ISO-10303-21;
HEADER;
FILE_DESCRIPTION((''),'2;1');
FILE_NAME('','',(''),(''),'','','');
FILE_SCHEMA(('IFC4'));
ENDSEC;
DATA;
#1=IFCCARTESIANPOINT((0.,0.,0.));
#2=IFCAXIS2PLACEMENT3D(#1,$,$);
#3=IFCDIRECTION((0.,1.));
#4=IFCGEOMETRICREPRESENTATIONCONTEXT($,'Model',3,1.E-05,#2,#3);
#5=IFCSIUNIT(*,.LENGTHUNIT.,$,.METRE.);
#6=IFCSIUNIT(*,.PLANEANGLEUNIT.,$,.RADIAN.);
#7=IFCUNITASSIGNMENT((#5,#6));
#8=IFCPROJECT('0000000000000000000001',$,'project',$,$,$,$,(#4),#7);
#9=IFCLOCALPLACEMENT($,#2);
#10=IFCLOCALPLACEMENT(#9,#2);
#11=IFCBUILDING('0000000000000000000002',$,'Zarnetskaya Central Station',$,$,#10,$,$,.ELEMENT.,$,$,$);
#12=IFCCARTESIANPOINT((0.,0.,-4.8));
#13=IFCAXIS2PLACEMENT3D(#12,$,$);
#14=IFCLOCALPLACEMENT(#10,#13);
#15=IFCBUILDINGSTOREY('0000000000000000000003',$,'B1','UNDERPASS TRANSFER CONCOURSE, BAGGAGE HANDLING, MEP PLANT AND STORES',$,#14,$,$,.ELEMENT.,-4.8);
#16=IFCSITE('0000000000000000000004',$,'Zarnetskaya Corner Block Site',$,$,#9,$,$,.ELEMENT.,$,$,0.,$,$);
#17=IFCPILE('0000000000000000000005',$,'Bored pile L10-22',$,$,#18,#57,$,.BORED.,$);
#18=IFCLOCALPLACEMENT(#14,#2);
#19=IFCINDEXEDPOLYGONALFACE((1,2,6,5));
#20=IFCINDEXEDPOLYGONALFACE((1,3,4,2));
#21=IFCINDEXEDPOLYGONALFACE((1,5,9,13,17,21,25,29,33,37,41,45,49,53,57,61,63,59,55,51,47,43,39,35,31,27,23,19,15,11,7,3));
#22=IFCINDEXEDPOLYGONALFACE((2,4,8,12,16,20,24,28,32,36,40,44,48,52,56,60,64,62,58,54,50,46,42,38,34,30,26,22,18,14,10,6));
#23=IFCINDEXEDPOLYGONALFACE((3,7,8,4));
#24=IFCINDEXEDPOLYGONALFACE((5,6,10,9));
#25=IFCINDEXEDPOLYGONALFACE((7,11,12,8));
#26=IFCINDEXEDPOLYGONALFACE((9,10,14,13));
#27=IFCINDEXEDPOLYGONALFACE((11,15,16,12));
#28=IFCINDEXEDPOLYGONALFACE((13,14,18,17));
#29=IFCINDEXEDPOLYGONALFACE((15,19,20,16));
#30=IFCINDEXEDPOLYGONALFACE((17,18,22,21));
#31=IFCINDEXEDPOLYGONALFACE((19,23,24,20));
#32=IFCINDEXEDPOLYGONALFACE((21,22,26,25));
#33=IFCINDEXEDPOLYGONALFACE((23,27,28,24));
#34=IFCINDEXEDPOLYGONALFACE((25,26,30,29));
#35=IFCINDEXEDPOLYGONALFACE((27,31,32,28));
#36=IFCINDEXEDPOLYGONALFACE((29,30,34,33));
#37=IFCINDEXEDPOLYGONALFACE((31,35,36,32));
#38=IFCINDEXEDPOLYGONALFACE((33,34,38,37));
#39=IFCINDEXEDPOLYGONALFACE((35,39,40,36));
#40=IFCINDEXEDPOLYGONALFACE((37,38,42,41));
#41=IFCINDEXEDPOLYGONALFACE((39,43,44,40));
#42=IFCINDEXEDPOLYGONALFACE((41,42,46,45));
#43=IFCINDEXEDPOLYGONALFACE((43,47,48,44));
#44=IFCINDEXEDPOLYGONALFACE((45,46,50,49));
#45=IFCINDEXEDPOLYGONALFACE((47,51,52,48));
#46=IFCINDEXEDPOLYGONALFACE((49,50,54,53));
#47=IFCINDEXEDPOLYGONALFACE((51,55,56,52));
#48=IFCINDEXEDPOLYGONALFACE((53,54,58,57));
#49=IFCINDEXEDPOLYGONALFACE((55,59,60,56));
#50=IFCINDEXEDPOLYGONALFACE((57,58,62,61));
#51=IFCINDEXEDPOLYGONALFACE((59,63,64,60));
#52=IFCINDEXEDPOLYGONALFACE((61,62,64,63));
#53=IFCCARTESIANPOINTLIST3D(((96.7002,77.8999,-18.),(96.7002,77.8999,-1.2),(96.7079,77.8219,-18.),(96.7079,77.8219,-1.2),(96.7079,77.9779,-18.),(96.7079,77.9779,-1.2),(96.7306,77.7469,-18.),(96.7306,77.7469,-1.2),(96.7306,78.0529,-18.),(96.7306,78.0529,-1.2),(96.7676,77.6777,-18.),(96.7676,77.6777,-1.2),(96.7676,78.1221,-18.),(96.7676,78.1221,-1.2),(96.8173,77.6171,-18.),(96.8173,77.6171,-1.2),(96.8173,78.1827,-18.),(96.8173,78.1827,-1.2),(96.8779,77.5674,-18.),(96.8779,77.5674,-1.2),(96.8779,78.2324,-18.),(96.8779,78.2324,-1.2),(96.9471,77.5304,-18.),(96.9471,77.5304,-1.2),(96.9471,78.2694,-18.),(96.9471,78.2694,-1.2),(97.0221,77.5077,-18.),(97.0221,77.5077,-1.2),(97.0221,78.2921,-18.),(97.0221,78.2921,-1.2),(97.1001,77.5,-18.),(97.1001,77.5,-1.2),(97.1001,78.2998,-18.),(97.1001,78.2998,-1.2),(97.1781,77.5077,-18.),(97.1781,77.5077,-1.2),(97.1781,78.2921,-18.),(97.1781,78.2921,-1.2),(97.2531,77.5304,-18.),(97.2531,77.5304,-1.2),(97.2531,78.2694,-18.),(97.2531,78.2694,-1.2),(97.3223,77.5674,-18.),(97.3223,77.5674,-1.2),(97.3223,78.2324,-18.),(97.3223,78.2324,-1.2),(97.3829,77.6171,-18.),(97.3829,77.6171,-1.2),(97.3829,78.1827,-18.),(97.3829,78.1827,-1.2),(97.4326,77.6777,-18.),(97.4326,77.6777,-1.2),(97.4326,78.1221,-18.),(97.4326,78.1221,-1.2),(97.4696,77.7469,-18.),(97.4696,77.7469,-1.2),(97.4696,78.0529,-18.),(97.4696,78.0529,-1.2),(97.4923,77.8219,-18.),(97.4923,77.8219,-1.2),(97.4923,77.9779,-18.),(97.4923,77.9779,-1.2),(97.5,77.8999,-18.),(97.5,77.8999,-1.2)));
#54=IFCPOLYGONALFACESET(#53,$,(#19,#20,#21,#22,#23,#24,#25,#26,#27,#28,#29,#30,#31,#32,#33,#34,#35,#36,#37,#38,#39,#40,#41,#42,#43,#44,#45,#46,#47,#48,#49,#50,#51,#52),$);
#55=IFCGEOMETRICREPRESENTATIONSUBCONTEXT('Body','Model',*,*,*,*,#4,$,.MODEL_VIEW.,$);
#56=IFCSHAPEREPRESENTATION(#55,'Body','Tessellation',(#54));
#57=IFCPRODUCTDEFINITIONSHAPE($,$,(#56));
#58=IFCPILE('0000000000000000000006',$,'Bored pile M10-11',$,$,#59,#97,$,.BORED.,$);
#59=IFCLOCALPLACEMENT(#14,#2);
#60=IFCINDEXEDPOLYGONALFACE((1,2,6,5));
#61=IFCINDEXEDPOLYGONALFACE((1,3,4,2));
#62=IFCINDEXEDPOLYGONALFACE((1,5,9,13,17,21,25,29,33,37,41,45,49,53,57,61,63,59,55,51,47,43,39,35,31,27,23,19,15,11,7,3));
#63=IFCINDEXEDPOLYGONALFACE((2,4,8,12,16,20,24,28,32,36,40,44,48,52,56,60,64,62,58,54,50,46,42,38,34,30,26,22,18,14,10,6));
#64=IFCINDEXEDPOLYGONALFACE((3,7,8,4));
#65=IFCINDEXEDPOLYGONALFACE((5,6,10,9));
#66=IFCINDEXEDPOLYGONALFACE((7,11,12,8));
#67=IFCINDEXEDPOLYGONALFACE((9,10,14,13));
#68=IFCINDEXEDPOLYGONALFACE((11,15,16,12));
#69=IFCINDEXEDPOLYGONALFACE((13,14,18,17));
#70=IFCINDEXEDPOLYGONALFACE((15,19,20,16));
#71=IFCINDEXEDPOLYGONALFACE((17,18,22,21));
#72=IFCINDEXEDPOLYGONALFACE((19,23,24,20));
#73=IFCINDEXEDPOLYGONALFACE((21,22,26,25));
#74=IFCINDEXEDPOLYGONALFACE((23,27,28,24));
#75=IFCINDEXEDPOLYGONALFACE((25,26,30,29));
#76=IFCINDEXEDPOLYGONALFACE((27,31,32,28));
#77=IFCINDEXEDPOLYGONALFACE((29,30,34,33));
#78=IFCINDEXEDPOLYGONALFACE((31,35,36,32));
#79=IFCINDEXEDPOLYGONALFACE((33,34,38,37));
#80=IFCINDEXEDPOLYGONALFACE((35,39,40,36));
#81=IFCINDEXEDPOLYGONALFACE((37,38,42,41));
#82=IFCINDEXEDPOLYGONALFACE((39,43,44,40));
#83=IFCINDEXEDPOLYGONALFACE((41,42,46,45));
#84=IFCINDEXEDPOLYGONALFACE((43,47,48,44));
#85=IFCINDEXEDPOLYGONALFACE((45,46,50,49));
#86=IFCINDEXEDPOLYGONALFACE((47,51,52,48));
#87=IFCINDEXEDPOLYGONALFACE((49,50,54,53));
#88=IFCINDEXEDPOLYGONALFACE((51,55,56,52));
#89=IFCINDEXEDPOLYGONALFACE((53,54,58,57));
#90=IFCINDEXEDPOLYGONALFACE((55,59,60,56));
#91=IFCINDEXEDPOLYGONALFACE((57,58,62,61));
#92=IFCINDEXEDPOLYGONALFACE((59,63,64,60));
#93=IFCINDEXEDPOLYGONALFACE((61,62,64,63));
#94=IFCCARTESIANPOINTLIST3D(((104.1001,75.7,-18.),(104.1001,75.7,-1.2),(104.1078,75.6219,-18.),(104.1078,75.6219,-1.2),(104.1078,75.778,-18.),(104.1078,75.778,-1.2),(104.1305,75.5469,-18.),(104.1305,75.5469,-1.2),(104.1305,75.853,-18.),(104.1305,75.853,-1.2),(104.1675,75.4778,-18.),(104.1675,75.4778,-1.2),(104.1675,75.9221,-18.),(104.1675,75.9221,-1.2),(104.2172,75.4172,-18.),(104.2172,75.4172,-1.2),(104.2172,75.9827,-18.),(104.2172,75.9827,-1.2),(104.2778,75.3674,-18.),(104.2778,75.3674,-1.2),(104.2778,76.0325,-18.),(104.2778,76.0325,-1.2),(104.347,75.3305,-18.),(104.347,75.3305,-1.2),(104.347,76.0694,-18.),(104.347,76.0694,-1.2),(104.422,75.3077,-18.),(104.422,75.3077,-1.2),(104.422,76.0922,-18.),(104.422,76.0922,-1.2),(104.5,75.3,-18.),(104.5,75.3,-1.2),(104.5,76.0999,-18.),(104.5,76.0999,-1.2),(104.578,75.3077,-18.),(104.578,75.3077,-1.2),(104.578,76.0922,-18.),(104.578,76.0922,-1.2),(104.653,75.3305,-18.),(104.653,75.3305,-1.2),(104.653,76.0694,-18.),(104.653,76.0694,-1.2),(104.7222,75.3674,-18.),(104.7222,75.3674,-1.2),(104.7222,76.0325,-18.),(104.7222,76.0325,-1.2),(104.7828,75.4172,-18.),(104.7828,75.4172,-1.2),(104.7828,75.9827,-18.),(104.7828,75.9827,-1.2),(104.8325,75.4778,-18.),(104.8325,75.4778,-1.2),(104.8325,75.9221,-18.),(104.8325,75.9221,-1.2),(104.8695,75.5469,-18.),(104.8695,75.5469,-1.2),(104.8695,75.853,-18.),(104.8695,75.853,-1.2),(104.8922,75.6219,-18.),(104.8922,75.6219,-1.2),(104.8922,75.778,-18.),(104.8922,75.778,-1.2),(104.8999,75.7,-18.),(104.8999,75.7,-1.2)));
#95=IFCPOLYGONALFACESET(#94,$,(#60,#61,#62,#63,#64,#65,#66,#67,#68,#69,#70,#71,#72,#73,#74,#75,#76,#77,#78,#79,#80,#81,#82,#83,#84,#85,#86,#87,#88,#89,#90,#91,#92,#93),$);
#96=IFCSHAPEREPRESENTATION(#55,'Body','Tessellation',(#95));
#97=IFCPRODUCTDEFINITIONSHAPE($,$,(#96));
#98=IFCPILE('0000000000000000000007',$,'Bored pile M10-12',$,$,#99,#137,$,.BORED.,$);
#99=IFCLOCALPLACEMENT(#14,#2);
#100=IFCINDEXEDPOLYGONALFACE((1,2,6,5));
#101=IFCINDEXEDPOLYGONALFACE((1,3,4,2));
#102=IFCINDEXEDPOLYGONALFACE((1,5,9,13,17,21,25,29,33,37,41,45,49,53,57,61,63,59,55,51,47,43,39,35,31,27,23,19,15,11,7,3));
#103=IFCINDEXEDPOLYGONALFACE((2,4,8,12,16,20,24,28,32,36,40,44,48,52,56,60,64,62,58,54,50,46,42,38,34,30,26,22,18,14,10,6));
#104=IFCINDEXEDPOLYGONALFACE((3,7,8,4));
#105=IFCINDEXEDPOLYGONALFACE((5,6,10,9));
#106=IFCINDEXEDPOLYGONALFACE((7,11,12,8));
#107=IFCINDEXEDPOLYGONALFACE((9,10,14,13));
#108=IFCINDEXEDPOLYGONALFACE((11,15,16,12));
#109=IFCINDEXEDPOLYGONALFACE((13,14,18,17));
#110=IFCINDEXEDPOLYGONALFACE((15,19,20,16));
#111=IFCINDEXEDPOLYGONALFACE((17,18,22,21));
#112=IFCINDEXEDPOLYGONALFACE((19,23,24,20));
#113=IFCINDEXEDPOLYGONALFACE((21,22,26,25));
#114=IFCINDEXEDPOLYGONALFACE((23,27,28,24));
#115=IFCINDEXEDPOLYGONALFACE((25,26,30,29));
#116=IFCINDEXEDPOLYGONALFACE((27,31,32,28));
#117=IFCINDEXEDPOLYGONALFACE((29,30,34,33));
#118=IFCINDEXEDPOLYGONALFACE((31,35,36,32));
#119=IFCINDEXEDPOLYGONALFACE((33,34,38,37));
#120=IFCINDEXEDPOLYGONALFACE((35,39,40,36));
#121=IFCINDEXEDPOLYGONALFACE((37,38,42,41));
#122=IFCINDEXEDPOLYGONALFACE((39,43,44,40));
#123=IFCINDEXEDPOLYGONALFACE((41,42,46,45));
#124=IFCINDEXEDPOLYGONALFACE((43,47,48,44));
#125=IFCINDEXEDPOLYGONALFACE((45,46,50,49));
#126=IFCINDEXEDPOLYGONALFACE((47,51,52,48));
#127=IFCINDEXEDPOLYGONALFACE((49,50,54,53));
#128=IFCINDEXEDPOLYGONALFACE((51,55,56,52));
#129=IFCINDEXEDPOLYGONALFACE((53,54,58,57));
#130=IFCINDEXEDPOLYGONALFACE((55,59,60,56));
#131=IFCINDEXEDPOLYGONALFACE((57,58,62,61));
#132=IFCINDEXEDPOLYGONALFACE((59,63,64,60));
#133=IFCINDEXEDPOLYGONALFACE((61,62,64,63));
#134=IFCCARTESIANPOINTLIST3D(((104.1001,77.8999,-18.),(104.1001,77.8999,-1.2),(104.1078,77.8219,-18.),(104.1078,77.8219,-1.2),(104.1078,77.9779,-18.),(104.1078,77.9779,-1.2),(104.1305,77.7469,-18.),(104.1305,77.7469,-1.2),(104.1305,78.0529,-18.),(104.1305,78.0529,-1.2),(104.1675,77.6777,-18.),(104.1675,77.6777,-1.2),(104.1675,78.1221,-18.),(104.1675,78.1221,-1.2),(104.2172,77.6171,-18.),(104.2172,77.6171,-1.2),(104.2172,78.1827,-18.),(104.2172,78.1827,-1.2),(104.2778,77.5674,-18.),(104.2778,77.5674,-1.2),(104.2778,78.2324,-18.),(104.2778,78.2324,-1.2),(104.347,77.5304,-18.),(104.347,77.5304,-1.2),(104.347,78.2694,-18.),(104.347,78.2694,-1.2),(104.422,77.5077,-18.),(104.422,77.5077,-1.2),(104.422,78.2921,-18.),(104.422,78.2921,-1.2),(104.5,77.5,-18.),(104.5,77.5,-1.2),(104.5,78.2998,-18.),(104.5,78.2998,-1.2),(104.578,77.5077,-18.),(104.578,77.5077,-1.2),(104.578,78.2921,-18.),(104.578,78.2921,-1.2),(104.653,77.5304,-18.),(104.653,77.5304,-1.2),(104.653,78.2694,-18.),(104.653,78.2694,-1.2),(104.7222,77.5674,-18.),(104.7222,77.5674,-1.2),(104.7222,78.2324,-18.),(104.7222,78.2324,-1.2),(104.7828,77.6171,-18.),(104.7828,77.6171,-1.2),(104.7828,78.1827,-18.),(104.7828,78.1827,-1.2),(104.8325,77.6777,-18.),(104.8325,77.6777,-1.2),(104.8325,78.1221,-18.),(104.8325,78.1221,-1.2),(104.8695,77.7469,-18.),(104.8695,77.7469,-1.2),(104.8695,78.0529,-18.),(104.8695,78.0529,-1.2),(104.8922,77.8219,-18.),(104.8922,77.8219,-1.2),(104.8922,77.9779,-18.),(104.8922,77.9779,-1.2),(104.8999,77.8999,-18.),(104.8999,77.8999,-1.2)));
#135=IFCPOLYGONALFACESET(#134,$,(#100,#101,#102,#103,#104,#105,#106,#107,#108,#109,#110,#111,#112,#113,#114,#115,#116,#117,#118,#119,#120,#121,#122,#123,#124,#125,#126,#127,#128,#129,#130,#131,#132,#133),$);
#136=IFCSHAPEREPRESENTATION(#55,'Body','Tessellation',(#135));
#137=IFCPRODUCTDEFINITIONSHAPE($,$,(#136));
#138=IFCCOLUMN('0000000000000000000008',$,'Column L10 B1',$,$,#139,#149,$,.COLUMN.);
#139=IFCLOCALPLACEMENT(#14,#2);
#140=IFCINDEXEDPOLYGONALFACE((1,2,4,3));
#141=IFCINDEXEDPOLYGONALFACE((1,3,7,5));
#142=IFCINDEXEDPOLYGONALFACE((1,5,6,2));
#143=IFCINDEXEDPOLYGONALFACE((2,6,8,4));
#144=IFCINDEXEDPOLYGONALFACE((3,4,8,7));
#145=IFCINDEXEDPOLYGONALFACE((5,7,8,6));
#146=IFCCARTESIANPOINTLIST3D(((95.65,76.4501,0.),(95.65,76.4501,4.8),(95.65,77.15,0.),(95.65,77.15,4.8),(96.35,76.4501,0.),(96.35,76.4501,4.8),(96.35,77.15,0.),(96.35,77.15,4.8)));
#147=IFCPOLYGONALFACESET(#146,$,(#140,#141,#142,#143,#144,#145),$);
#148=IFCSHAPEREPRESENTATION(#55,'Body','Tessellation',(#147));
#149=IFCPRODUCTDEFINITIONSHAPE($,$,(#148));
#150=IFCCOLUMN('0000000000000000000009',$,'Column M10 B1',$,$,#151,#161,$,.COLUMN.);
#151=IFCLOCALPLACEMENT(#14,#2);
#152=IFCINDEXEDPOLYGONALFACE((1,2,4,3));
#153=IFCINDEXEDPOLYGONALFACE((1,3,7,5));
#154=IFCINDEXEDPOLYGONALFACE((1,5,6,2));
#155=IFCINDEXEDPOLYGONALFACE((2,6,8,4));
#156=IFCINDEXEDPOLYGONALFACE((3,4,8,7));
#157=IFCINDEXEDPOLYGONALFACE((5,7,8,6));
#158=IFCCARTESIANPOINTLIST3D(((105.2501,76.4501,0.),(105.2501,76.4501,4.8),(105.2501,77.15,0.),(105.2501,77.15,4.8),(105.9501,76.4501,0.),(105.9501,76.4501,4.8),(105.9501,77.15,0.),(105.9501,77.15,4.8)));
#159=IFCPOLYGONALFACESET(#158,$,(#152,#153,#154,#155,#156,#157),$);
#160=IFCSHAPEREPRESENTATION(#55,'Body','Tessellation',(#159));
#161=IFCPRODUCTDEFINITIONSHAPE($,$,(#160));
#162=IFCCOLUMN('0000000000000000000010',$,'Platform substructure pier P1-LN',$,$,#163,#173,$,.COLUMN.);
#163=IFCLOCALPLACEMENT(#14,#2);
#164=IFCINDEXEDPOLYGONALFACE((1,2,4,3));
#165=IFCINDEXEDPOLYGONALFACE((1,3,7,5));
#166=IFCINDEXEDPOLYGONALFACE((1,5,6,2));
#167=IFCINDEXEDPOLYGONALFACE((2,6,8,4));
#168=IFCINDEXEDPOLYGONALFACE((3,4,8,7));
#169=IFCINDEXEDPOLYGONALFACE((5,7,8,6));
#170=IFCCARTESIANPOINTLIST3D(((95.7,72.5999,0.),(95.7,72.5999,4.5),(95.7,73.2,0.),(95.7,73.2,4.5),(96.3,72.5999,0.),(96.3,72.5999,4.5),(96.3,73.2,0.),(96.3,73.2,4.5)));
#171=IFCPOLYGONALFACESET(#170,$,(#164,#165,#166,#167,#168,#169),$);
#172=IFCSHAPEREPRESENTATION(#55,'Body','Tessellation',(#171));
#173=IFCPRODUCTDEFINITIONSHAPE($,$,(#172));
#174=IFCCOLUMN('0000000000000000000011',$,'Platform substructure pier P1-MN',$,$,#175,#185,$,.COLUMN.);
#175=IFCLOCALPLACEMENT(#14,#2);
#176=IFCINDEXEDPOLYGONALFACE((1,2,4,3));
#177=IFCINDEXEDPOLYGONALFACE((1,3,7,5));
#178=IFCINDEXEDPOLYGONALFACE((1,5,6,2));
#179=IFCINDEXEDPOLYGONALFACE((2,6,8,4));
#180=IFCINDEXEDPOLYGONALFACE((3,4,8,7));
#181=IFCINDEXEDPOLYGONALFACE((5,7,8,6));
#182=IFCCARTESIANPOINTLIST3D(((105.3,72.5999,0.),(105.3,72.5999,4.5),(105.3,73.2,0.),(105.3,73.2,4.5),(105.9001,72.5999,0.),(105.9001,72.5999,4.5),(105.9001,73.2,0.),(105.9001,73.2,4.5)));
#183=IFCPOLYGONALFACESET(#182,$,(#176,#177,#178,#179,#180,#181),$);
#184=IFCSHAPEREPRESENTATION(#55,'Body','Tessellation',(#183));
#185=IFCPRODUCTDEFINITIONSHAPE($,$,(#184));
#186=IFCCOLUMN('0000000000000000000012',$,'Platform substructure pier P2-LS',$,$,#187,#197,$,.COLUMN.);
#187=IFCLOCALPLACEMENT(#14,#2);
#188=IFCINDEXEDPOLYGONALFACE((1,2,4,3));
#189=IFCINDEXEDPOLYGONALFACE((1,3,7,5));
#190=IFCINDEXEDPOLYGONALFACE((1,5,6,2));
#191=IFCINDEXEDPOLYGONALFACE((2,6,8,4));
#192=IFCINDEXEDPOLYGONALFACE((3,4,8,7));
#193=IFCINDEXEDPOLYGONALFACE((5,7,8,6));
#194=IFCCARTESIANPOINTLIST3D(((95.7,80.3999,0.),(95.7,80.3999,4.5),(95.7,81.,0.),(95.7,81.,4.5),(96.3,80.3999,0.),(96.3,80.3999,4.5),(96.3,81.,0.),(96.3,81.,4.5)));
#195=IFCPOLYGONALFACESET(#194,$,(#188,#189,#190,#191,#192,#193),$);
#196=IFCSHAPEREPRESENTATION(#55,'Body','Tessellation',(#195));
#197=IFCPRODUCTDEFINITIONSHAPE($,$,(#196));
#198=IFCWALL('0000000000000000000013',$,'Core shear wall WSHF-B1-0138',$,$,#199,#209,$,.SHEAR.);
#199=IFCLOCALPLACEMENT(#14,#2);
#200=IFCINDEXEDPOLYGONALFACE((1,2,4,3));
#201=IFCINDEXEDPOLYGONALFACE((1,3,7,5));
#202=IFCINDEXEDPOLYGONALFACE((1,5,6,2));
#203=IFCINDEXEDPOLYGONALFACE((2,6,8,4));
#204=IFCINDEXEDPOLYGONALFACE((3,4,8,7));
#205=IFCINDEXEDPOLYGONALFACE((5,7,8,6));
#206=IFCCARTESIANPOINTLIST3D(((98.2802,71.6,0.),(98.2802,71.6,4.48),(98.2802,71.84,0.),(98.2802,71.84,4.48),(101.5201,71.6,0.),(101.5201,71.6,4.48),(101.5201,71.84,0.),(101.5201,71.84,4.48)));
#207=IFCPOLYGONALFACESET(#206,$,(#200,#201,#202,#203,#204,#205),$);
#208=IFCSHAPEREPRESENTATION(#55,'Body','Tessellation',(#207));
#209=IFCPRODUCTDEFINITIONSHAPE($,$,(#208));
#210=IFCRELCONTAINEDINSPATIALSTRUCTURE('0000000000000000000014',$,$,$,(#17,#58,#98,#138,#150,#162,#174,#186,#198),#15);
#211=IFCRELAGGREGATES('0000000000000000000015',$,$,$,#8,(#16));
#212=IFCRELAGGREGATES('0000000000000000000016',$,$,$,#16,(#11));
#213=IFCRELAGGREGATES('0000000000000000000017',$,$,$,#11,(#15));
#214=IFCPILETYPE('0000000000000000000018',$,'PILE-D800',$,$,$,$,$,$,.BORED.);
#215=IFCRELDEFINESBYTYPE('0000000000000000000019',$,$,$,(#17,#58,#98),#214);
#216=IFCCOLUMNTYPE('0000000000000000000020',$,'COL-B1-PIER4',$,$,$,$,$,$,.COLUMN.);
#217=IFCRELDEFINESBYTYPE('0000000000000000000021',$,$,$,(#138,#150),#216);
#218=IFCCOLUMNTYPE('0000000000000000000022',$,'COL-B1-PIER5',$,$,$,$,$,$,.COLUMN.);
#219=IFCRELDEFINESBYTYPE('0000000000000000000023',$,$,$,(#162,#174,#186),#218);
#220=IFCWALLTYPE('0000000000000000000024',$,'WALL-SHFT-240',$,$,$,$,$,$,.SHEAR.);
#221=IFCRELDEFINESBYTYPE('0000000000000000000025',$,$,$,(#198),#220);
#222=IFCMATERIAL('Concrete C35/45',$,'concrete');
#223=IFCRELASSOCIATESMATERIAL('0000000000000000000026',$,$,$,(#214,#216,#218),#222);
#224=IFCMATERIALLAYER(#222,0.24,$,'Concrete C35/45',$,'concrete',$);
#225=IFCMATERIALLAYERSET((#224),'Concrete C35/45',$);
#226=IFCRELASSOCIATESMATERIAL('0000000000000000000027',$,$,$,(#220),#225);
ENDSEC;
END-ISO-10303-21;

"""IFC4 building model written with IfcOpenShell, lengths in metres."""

from ifc_helpers import new_model, si_unit, direction, frame, frame_2d, origin, origin_2d, place, context, subcontext, project, spatial, rectangle, circle, extrude, material, layer, layer_set, material_profile, profile_set, type_object, element, save


model = new_model("IFC4")

# Units and contexts
model_context = context("Model", 3, precision=1e-05, world=origin(), true_north=direction((0.0, 1.0)))
body_context = subcontext(model_context, "Body", "Model", "MODEL_VIEW")
ifc_project = project(units=[si_unit("LENGTHUNIT", "METRE"), si_unit("PLANEANGLEUNIT", "RADIAN")], contexts=[model_context])

# Site, building, storey
site_placement = place(None, origin())
site = spatial("IfcSite", under=ifc_project, at=site_placement, Name="Zarnetskaya Corner Block Site", CompositionType="ELEMENT", RefElevation=0.0)
building_placement = place(site_placement, origin())
building = spatial("IfcBuilding", under=site, at=building_placement, Name="Zarnetskaya Central Station", CompositionType="ELEMENT")
storey_placement = place(building_placement, frame((0.0, 0.0, -4.8)))
storey = spatial("IfcBuildingStorey", under=building, at=storey_placement, Name="B1", Description="UNDERPASS TRANSFER CONCOURSE, BAGGAGE HANDLING, MEP PLANT AND STORES", CompositionType="ELEMENT", Elevation=-4.8)

# Shared definitions
ifc_material_1 = material(Name="Concrete C35/45", Category="concrete")

# Piles
ifc_material_profile_1 = material_profile(ifc_material_1, circle(Radius=0.3999, at=origin_2d()), Name="BORED PILE D800")
ifc_profile_set_1 = profile_set([ifc_material_profile_1], Name="Concrete C35/45")
pile_type_1 = type_object("IfcPileType", Name="PILE-D800", PredefinedType="BORED", material=ifc_profile_set_1)
for number, where, z_axis, x_axis, name in (
    (1, (97.1001, 77.8999, -1.2), (0.0, 0.0, -1.0), (1.0, 0.0, 0.0), "Bored pile L10-22"),
    (2, (104.5, 75.7, -1.2), (0.0, 0.0, -1.0), (1.0, 0.0, 0.0), "Bored pile M10-11"),
    (3, (104.5, 77.8999, -1.2), (0.0, 0.0, -1.0), (1.0, 0.0, 0.0), "Bored pile M10-12"),
):
    element("IfcPile", number, at=place(storey_placement, frame(where, z_axis=z_axis, x_axis=x_axis)), inside=storey, type_object=pile_type_1, Name=name, PredefinedType="BORED", context=body_context, shape_type="SweptSolid", body=[
        extrude(circle(Radius=0.3999, at=origin_2d()), origin(), (0.0, 0.0, 1.0), 16.8),
    ])

# Columns
ifc_material_profile_2 = material_profile(ifc_material_1, rectangle(XDim=0.7, YDim=0.7, at=origin_2d()), Name="RC 700x700")
ifc_profile_set_2 = profile_set([ifc_material_profile_2], Name="Concrete C35/45")
column_type_1 = type_object("IfcColumnType", Name="COL-B1-PIER4", PredefinedType="COLUMN", material=ifc_profile_set_2)
for number, where, z_axis, x_axis, name in (
    (4, (96.0, 76.8, 0.0), (0.0, 0.0, 1.0), (1.0, 0.0, 0.0), "Column L10 B1"),
    (5, (105.6001, 76.8, 0.0), (0.0, 0.0, 1.0), (1.0, 0.0, 0.0), "Column M10 B1"),
):
    element("IfcColumn", number, at=place(storey_placement, frame(where, z_axis=z_axis, x_axis=x_axis)), inside=storey, type_object=column_type_1, Name=name, PredefinedType="COLUMN", context=body_context, shape_type="SweptSolid", body=[
        extrude(rectangle(XDim=0.7, YDim=0.7, at=origin_2d()), origin(), (0.0, 0.0, 1.0), 4.8),
    ])
ifc_material_profile_3 = material_profile(ifc_material_1, rectangle(XDim=0.6001, YDim=0.6001, at=origin_2d()), Name="RC 600x600")
ifc_profile_set_3 = profile_set([ifc_material_profile_3], Name="Concrete C35/45")
column_type_2 = type_object("IfcColumnType", Name="COL-B1-PIER5", PredefinedType="COLUMN", material=ifc_profile_set_3)
for number, where, z_axis, x_axis, name in (
    (6, (96.0, 72.8999, 0.0), (0.0, 0.0, 1.0), (1.0, 0.0, 0.0), "Platform substructure pier P1-LN"),
    (7, (105.6001, 72.8999, 0.0), (0.0, 0.0, 1.0), (1.0, 0.0, 0.0), "Platform substructure pier P1-MN"),
    (8, (96.0, 80.7, 0.0), (0.0, 0.0, 1.0), (1.0, 0.0, 0.0), "Platform substructure pier P2-LS"),
):
    element("IfcColumn", number, at=place(storey_placement, frame(where, z_axis=z_axis, x_axis=x_axis)), inside=storey, type_object=column_type_2, Name=name, PredefinedType="COLUMN", context=body_context, shape_type="SweptSolid", body=[
        extrude(rectangle(XDim=0.6001, YDim=0.6001, at=origin_2d()), origin(), (0.0, 0.0, 1.0), 4.5),
    ])

# Wall
ifc_layer = layer(ifc_material_1, 0.24, Name="Concrete C35/45", Category="concrete")
ifc_layer_set = layer_set([ifc_layer], Name="Concrete C35/45")
wall_type = type_object("IfcWallType", Name="WALL-SHFT-240", PredefinedType="SHEAR", material=ifc_layer_set)
wall_1_placement = place(storey_placement, frame((98.28, 71.72, 0.0), z_axis=(0.0, 0.0, 1.0), x_axis=(1.0, 0.0, 0.0)))
element("IfcWall", 9, at=wall_1_placement, inside=storey, type_object=wall_type, Name="Core shear wall WSHF-B1-0138", PredefinedType="SHEAR", context=body_context, shape_type="SweptSolid", body=[
    extrude(rectangle(XDim=3.24, YDim=0.24, at=frame_2d((1.6201, 0.0))), origin(), (0.0, 0.0, 1.0), 4.48),
])

save(model, "model.ifc")
